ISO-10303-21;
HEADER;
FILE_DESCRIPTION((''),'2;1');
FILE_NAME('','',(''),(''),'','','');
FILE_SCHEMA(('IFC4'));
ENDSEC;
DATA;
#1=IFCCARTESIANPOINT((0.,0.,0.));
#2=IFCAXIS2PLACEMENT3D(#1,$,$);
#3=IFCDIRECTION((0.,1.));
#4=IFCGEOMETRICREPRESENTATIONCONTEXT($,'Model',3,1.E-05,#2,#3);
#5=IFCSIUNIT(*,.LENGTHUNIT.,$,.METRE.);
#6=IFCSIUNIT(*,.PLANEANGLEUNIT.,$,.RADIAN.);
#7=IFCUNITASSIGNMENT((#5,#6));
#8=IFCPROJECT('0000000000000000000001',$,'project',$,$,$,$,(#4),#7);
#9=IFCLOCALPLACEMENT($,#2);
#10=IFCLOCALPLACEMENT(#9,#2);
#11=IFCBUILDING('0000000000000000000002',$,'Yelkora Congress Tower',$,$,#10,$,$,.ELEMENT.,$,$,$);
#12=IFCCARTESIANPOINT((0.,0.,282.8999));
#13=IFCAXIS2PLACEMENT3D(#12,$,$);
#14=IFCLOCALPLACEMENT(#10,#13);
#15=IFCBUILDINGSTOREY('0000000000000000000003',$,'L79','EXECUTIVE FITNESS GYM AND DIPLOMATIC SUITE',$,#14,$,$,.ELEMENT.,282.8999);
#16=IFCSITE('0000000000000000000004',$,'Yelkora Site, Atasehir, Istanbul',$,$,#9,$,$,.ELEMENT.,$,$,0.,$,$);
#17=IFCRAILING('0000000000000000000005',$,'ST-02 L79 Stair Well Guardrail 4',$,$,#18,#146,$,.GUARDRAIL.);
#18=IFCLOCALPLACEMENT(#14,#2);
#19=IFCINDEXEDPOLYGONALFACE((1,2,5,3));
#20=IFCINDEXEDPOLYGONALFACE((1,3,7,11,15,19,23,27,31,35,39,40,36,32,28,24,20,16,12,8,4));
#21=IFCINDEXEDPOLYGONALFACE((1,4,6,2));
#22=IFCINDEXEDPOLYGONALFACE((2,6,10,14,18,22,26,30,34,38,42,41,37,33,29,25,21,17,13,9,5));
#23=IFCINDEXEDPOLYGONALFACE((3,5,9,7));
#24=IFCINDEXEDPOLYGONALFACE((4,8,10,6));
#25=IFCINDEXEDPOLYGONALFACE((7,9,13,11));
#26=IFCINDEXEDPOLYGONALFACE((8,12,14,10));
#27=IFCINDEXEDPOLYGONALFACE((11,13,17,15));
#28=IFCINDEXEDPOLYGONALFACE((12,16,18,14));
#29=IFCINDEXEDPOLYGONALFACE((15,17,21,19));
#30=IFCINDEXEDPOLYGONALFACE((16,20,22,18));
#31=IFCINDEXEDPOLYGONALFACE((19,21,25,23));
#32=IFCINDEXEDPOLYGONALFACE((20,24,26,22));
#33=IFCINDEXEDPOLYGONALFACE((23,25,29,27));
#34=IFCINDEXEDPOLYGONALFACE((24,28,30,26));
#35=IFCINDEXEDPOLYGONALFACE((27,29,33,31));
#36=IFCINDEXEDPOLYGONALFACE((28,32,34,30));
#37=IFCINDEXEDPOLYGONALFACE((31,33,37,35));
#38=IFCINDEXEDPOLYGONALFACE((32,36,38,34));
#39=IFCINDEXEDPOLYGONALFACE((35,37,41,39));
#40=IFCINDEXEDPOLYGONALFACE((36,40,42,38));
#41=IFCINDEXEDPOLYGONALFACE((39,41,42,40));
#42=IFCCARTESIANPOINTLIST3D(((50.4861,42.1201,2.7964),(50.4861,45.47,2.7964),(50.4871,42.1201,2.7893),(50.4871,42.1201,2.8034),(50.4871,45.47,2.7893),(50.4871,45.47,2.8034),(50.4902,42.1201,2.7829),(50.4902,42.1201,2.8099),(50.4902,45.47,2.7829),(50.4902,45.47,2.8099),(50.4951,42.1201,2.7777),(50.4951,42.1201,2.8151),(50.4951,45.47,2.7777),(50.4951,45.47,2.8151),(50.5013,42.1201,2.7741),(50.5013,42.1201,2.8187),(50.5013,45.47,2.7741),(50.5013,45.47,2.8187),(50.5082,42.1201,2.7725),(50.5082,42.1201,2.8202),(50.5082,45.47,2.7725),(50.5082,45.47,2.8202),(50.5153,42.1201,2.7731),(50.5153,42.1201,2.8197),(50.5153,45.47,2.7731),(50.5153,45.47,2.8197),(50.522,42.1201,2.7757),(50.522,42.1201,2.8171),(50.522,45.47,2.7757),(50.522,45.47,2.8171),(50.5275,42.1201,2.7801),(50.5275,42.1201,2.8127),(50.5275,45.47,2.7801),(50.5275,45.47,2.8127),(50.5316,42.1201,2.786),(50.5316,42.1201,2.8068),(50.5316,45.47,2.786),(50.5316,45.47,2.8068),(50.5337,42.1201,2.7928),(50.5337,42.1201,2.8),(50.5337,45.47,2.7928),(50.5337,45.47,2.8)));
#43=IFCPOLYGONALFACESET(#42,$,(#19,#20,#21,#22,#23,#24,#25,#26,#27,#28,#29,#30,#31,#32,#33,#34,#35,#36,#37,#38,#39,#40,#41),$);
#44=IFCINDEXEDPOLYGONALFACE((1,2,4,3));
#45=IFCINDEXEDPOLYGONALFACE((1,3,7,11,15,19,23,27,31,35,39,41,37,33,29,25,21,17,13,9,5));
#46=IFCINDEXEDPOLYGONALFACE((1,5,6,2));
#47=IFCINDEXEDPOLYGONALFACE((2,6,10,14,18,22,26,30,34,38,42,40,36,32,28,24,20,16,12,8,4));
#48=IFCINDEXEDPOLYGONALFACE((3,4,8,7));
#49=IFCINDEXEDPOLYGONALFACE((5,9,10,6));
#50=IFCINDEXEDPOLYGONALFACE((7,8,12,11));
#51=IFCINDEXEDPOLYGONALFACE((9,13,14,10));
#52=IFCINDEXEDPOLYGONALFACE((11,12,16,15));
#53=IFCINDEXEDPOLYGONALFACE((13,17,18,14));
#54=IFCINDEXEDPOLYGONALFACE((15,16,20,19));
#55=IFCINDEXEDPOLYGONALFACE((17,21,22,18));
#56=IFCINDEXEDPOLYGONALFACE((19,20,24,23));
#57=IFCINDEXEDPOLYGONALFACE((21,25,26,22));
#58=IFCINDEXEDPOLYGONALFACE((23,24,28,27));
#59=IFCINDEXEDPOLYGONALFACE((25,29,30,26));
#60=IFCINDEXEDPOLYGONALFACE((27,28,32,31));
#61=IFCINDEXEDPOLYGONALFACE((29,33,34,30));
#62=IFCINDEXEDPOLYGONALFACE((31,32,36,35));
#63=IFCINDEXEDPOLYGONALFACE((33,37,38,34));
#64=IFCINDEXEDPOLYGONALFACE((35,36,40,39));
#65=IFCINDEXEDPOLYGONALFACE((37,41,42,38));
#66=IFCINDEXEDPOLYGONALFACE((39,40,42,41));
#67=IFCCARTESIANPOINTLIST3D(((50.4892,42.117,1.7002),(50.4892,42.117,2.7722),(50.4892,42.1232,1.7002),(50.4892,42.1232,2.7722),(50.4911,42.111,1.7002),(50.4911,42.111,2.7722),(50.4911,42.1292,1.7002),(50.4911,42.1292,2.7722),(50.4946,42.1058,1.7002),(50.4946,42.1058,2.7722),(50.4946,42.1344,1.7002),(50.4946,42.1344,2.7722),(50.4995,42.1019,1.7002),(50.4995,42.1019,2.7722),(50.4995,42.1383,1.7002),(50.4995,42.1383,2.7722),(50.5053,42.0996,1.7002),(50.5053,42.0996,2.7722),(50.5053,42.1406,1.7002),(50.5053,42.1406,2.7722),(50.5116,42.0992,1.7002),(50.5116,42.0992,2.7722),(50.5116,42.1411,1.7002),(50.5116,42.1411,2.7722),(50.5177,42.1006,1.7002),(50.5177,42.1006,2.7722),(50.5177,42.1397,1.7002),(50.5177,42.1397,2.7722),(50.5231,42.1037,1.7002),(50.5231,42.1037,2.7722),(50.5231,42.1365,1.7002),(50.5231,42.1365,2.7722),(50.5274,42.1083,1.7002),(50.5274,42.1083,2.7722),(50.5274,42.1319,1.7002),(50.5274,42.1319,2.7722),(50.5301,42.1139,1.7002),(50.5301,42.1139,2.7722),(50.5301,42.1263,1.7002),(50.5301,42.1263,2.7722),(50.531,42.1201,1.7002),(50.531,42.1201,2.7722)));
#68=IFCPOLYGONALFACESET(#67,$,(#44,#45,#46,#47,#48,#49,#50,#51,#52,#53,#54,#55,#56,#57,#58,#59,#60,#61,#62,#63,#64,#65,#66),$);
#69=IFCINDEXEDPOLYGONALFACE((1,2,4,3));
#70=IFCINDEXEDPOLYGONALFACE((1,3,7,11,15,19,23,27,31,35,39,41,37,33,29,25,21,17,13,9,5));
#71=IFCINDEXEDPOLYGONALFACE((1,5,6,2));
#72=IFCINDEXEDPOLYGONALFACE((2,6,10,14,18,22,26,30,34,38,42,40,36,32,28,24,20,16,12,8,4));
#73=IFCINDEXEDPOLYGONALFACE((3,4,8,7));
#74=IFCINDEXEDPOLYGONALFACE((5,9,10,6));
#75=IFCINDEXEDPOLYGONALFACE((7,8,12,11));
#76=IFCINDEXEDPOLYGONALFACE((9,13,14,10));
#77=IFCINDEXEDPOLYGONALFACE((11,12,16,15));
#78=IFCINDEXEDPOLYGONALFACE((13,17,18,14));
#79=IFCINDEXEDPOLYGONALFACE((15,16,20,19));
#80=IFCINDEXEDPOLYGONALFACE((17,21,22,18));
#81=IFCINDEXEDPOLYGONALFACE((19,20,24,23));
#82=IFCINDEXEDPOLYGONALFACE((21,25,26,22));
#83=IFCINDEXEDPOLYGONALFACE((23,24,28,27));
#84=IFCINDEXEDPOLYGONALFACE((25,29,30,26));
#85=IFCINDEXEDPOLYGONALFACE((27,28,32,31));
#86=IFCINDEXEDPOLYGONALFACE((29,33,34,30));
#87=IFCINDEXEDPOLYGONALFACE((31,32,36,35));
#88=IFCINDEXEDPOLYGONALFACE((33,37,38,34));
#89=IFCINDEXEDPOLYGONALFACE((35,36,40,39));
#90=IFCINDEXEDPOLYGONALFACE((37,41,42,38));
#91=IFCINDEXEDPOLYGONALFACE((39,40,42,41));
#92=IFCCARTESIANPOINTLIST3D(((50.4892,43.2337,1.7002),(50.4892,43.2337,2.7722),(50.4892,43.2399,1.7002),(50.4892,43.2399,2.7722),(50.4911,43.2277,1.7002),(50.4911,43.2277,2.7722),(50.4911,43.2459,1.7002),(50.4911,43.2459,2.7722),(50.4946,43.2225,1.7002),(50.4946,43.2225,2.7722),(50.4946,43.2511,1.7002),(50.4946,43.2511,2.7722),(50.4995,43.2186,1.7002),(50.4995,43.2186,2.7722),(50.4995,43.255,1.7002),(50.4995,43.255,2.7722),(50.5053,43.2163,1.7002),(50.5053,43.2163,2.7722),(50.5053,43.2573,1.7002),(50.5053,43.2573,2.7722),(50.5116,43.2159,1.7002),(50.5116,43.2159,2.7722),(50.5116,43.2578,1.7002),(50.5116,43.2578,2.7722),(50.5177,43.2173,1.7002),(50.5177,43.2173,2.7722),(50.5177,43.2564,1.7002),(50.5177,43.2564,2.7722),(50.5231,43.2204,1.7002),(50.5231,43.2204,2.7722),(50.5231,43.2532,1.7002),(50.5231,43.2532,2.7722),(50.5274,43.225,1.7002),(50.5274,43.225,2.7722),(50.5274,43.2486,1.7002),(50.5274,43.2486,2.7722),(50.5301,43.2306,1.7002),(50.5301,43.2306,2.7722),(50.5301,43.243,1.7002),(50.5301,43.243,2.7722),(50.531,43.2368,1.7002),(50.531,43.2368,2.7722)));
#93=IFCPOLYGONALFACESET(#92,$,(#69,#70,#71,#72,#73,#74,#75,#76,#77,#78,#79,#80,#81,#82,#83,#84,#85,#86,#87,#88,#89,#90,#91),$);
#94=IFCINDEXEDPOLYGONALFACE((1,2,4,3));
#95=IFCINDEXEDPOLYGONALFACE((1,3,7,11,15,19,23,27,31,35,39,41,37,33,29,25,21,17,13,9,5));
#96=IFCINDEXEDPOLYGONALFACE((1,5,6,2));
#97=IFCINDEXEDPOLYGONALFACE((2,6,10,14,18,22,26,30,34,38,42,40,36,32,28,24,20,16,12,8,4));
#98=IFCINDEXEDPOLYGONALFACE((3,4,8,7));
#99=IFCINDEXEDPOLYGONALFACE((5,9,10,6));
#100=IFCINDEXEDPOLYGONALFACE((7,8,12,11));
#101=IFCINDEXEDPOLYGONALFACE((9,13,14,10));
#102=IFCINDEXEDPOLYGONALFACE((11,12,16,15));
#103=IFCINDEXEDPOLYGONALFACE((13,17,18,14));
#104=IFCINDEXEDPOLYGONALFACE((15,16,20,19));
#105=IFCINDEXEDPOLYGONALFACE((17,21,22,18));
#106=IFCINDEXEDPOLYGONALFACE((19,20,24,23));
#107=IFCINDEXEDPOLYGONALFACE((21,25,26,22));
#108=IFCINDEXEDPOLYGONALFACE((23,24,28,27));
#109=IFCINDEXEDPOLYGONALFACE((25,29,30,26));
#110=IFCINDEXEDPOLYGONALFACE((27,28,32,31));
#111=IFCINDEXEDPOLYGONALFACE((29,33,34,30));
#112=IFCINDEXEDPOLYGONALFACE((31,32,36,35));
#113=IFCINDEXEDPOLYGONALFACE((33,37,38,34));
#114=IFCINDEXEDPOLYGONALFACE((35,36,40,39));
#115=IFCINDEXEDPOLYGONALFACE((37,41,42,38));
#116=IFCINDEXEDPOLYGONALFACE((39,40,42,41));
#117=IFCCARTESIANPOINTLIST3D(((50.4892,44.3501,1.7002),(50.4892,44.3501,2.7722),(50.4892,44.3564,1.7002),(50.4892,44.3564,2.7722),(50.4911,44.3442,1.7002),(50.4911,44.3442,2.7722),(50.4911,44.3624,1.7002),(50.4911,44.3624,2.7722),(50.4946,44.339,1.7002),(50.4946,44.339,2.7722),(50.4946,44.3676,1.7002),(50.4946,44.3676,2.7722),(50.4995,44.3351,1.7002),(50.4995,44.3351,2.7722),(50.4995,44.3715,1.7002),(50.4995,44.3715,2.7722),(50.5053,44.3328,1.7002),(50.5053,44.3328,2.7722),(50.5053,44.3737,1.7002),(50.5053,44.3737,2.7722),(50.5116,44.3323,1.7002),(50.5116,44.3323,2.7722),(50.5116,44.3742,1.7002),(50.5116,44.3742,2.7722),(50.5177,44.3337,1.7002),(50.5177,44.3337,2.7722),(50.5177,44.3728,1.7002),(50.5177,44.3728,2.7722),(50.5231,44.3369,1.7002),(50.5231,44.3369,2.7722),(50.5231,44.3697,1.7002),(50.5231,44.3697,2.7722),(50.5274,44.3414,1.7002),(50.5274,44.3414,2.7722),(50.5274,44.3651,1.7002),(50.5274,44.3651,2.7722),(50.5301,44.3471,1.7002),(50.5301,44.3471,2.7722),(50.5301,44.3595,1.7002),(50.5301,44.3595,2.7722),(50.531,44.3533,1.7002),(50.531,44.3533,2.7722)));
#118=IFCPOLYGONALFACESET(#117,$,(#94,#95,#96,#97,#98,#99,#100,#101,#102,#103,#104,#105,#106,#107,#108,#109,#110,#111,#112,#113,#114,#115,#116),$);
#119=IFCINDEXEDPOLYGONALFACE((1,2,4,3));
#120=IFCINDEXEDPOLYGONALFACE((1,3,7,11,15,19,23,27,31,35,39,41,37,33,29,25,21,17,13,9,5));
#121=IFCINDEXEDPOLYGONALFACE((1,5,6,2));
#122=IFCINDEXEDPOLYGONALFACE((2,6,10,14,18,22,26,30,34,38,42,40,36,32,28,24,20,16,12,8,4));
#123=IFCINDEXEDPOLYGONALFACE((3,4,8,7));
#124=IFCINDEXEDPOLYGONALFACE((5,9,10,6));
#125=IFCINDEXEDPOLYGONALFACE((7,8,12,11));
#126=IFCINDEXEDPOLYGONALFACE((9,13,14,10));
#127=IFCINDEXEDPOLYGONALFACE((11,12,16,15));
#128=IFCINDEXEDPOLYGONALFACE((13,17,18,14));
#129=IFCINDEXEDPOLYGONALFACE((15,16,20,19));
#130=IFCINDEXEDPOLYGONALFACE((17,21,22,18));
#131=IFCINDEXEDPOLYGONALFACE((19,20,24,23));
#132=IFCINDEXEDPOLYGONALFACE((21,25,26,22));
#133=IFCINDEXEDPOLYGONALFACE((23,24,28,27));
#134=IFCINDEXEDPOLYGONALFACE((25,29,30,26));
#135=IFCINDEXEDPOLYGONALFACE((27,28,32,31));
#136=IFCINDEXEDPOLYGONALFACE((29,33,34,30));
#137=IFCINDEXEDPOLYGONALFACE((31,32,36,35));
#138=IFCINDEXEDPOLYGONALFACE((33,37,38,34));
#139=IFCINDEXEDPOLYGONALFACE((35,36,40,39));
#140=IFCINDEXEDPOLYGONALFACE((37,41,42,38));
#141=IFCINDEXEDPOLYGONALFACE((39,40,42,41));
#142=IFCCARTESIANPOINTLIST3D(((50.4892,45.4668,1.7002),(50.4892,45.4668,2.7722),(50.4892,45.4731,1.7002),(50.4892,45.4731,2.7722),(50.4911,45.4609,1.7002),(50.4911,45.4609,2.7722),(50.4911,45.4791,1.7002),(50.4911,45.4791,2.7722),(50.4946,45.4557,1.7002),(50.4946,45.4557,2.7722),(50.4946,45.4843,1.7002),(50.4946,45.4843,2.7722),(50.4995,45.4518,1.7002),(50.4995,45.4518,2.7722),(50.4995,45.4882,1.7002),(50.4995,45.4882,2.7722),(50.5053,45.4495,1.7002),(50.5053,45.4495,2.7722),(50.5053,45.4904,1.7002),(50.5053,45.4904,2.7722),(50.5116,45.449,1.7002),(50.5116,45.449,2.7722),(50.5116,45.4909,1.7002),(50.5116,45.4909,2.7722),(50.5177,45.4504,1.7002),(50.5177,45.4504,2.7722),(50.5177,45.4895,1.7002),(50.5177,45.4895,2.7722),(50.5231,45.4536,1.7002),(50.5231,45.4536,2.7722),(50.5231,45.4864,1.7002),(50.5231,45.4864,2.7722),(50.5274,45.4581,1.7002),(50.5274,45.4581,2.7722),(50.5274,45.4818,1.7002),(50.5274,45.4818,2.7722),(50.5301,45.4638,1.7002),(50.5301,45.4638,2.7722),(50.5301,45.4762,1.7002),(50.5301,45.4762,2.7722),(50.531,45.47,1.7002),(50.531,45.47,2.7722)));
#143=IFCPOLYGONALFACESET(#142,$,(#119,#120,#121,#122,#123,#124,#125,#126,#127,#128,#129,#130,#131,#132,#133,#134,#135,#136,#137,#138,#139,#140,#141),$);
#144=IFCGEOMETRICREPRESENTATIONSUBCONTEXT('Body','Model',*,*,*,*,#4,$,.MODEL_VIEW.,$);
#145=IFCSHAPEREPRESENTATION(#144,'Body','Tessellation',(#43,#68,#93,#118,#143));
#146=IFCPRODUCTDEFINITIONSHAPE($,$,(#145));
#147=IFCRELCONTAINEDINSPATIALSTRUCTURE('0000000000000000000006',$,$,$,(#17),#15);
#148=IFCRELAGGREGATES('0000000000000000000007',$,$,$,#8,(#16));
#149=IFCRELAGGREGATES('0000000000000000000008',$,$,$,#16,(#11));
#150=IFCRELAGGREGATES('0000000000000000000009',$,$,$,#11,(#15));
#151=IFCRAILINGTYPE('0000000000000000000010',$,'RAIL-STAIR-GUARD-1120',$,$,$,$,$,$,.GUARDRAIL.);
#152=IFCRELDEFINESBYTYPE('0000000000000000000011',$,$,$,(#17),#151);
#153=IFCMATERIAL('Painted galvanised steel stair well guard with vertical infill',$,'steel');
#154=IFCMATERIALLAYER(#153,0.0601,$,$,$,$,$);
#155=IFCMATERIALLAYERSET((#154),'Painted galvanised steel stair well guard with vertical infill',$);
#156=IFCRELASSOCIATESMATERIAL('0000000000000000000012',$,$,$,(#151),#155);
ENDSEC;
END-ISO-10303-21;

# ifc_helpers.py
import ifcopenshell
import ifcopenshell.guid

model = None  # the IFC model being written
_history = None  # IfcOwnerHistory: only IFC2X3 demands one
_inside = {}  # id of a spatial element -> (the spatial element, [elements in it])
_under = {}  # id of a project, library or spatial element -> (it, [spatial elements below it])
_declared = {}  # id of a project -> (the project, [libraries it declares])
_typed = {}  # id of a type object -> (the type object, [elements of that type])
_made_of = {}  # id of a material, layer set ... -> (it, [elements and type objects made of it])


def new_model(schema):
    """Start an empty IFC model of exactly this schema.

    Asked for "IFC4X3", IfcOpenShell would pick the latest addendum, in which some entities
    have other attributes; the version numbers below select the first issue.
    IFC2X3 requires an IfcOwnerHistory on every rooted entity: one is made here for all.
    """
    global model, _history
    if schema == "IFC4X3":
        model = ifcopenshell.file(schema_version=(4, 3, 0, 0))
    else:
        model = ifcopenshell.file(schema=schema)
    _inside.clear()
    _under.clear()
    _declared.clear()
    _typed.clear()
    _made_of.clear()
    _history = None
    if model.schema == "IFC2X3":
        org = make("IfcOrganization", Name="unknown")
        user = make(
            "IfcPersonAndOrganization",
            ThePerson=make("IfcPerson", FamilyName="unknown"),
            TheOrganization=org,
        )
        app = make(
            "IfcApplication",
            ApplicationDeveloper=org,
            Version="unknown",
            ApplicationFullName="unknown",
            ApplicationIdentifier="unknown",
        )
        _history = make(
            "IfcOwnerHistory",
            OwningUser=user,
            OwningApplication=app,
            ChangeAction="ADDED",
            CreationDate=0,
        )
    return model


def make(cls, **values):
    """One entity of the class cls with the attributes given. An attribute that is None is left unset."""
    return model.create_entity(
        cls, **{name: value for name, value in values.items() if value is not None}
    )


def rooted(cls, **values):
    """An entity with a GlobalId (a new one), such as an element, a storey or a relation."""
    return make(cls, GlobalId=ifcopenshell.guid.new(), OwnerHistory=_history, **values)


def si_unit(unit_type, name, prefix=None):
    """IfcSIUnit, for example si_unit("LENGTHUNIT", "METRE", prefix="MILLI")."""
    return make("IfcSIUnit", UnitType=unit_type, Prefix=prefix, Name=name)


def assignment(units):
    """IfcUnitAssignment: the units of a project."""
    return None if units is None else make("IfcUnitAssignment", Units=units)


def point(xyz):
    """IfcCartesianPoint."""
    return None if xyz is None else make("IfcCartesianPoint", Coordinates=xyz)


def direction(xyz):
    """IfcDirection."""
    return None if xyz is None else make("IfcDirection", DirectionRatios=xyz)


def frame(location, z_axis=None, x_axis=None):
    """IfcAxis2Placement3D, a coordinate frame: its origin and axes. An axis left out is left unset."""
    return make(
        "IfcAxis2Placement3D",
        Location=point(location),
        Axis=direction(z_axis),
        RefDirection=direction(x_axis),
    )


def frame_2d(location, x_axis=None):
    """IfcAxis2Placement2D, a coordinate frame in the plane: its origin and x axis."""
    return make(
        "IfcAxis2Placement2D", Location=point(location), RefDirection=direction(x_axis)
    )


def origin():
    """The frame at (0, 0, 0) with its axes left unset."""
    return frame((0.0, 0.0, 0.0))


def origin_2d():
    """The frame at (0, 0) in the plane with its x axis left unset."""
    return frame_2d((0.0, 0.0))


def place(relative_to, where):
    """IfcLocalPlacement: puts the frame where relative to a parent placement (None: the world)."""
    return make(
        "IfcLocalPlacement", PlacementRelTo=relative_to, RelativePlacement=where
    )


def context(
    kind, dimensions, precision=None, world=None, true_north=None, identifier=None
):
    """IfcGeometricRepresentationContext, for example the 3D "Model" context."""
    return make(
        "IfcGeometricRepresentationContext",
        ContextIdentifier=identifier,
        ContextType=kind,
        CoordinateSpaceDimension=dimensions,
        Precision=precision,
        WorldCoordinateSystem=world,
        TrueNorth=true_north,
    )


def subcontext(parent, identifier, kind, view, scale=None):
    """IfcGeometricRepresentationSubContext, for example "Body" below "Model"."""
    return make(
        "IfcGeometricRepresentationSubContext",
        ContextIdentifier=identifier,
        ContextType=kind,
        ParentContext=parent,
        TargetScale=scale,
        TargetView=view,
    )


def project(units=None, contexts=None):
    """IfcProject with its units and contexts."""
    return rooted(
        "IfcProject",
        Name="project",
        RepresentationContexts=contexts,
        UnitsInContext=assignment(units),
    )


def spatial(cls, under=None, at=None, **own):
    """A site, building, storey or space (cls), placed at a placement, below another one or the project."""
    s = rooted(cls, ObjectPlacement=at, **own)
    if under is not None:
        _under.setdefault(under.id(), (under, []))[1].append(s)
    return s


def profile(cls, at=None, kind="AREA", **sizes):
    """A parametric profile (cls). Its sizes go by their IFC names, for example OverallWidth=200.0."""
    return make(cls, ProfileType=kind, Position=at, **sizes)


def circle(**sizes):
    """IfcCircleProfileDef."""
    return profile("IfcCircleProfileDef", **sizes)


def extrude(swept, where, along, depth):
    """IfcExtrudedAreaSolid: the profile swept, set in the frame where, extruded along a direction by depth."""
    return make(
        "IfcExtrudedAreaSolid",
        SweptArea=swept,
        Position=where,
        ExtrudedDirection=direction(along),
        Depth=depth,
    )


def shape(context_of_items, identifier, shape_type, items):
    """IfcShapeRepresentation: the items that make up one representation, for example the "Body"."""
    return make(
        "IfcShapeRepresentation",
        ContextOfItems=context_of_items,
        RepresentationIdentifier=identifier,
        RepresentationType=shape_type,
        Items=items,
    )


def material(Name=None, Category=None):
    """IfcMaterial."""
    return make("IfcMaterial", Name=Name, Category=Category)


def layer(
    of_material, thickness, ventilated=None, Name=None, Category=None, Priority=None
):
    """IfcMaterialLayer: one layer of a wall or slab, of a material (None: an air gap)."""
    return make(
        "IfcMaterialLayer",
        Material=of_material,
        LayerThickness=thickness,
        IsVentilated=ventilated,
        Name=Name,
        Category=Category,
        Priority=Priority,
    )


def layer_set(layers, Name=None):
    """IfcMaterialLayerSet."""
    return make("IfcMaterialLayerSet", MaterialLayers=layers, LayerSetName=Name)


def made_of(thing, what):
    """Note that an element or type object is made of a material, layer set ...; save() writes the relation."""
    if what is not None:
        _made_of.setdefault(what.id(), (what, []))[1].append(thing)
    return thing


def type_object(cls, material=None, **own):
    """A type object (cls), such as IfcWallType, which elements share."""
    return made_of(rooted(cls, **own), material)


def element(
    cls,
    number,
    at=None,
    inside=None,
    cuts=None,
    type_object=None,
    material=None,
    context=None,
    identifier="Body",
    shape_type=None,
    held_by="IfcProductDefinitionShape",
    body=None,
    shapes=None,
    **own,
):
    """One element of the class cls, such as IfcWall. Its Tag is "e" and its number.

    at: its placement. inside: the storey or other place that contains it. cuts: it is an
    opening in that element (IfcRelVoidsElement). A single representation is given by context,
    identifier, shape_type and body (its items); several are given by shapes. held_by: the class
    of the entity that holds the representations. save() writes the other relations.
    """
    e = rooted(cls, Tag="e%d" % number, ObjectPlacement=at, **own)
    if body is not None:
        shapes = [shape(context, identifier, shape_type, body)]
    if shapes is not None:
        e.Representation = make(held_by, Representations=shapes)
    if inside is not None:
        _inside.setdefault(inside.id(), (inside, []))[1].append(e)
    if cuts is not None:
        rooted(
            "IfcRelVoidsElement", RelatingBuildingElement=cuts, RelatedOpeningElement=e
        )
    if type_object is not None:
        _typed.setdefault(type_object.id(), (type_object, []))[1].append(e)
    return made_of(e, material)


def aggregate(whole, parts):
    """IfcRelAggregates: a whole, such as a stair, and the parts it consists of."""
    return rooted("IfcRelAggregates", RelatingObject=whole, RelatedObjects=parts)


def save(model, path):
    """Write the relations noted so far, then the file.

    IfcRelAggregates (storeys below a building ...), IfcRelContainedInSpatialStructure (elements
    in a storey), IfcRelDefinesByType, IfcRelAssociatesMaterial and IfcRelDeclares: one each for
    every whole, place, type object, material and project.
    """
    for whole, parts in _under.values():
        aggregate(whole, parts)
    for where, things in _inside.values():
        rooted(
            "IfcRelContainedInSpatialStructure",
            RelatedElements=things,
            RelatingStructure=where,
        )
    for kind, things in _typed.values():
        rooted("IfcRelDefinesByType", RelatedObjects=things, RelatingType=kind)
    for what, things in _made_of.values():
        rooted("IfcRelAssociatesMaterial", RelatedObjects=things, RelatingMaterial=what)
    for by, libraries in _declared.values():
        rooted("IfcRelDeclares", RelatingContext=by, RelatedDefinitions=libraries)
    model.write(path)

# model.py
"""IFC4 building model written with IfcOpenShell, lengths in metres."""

from ifc_helpers import new_model, si_unit, direction, frame, origin, origin_2d, place, context, subcontext, project, spatial, circle, extrude, material, layer, layer_set, type_object, element, save


model = new_model("IFC4")

# Units and contexts
model_context = context("Model", 3, precision=1e-05, world=origin(), true_north=direction((0.0, 1.0)))
body_context = subcontext(model_context, "Body", "Model", "MODEL_VIEW")
ifc_project = project(units=[si_unit("LENGTHUNIT", "METRE"), si_unit("PLANEANGLEUNIT", "RADIAN")], contexts=[model_context])

# Site, building, storey
site_placement = place(None, origin())
site = spatial("IfcSite", under=ifc_project, at=site_placement, Name="Yelkora Site, Atasehir, Istanbul", CompositionType="ELEMENT", RefElevation=0.0)
building_placement = place(site_placement, origin())
building = spatial("IfcBuilding", under=site, at=building_placement, Name="Yelkora Congress Tower", CompositionType="ELEMENT")
storey_placement = place(building_placement, frame((0.0, 0.0, 282.8999)))
storey = spatial("IfcBuildingStorey", under=building, at=storey_placement, Name="L79", Description="EXECUTIVE FITNESS GYM AND DIPLOMATIC SUITE", CompositionType="ELEMENT", Elevation=282.8999)

# Railing
ifc_material_1 = material(Name="Painted galvanised steel stair well guard with vertical infill", Category="steel")
ifc_layer_1 = layer(ifc_material_1, 0.0601)
ifc_layer_set_1 = layer_set([ifc_layer_1], Name="Painted galvanised steel stair well guard with vertical infill")
railing_type_1 = type_object("IfcRailingType", Name="RAIL-STAIR-GUARD-1120", PredefinedType="GUARDRAIL", material=ifc_layer_set_1)
railing_1_placement = place(storey_placement, frame((50.51, 42.1201, 1.7002)))
element("IfcRailing", 1, at=railing_1_placement, inside=storey, type_object=railing_type_1, Name="ST-02 L79 Stair Well Guardrail 4", PredefinedType="GUARDRAIL", context=body_context, shape_type="SweptSolid", body=[
    extrude(circle(Radius=0.0239, at=origin_2d()), frame((0.0, 0.0, 1.0962), z_axis=(0.0, 1.0, 0.0), x_axis=(-1.0, 0.0, 0.0)), (0.0, 0.0, 1.0), 3.3499),
    extrude(circle(Radius=0.021, at=origin_2d()), origin(), (0.0, 0.0, 1.0), 1.072),
    extrude(circle(Radius=0.021, at=origin_2d()), frame((0.0, 1.1167, 0.0)), (0.0, 0.0, 1.0), 1.072),
    extrude(circle(Radius=0.021, at=origin_2d()), frame((0.0, 2.2332, 0.0)), (0.0, 0.0, 1.0), 1.072),
    extrude(circle(Radius=0.021, at=origin_2d()), frame((0.0, 3.3499, 0.0)), (0.0, 0.0, 1.0), 1.072),
])

save(model, "model.ifc")
